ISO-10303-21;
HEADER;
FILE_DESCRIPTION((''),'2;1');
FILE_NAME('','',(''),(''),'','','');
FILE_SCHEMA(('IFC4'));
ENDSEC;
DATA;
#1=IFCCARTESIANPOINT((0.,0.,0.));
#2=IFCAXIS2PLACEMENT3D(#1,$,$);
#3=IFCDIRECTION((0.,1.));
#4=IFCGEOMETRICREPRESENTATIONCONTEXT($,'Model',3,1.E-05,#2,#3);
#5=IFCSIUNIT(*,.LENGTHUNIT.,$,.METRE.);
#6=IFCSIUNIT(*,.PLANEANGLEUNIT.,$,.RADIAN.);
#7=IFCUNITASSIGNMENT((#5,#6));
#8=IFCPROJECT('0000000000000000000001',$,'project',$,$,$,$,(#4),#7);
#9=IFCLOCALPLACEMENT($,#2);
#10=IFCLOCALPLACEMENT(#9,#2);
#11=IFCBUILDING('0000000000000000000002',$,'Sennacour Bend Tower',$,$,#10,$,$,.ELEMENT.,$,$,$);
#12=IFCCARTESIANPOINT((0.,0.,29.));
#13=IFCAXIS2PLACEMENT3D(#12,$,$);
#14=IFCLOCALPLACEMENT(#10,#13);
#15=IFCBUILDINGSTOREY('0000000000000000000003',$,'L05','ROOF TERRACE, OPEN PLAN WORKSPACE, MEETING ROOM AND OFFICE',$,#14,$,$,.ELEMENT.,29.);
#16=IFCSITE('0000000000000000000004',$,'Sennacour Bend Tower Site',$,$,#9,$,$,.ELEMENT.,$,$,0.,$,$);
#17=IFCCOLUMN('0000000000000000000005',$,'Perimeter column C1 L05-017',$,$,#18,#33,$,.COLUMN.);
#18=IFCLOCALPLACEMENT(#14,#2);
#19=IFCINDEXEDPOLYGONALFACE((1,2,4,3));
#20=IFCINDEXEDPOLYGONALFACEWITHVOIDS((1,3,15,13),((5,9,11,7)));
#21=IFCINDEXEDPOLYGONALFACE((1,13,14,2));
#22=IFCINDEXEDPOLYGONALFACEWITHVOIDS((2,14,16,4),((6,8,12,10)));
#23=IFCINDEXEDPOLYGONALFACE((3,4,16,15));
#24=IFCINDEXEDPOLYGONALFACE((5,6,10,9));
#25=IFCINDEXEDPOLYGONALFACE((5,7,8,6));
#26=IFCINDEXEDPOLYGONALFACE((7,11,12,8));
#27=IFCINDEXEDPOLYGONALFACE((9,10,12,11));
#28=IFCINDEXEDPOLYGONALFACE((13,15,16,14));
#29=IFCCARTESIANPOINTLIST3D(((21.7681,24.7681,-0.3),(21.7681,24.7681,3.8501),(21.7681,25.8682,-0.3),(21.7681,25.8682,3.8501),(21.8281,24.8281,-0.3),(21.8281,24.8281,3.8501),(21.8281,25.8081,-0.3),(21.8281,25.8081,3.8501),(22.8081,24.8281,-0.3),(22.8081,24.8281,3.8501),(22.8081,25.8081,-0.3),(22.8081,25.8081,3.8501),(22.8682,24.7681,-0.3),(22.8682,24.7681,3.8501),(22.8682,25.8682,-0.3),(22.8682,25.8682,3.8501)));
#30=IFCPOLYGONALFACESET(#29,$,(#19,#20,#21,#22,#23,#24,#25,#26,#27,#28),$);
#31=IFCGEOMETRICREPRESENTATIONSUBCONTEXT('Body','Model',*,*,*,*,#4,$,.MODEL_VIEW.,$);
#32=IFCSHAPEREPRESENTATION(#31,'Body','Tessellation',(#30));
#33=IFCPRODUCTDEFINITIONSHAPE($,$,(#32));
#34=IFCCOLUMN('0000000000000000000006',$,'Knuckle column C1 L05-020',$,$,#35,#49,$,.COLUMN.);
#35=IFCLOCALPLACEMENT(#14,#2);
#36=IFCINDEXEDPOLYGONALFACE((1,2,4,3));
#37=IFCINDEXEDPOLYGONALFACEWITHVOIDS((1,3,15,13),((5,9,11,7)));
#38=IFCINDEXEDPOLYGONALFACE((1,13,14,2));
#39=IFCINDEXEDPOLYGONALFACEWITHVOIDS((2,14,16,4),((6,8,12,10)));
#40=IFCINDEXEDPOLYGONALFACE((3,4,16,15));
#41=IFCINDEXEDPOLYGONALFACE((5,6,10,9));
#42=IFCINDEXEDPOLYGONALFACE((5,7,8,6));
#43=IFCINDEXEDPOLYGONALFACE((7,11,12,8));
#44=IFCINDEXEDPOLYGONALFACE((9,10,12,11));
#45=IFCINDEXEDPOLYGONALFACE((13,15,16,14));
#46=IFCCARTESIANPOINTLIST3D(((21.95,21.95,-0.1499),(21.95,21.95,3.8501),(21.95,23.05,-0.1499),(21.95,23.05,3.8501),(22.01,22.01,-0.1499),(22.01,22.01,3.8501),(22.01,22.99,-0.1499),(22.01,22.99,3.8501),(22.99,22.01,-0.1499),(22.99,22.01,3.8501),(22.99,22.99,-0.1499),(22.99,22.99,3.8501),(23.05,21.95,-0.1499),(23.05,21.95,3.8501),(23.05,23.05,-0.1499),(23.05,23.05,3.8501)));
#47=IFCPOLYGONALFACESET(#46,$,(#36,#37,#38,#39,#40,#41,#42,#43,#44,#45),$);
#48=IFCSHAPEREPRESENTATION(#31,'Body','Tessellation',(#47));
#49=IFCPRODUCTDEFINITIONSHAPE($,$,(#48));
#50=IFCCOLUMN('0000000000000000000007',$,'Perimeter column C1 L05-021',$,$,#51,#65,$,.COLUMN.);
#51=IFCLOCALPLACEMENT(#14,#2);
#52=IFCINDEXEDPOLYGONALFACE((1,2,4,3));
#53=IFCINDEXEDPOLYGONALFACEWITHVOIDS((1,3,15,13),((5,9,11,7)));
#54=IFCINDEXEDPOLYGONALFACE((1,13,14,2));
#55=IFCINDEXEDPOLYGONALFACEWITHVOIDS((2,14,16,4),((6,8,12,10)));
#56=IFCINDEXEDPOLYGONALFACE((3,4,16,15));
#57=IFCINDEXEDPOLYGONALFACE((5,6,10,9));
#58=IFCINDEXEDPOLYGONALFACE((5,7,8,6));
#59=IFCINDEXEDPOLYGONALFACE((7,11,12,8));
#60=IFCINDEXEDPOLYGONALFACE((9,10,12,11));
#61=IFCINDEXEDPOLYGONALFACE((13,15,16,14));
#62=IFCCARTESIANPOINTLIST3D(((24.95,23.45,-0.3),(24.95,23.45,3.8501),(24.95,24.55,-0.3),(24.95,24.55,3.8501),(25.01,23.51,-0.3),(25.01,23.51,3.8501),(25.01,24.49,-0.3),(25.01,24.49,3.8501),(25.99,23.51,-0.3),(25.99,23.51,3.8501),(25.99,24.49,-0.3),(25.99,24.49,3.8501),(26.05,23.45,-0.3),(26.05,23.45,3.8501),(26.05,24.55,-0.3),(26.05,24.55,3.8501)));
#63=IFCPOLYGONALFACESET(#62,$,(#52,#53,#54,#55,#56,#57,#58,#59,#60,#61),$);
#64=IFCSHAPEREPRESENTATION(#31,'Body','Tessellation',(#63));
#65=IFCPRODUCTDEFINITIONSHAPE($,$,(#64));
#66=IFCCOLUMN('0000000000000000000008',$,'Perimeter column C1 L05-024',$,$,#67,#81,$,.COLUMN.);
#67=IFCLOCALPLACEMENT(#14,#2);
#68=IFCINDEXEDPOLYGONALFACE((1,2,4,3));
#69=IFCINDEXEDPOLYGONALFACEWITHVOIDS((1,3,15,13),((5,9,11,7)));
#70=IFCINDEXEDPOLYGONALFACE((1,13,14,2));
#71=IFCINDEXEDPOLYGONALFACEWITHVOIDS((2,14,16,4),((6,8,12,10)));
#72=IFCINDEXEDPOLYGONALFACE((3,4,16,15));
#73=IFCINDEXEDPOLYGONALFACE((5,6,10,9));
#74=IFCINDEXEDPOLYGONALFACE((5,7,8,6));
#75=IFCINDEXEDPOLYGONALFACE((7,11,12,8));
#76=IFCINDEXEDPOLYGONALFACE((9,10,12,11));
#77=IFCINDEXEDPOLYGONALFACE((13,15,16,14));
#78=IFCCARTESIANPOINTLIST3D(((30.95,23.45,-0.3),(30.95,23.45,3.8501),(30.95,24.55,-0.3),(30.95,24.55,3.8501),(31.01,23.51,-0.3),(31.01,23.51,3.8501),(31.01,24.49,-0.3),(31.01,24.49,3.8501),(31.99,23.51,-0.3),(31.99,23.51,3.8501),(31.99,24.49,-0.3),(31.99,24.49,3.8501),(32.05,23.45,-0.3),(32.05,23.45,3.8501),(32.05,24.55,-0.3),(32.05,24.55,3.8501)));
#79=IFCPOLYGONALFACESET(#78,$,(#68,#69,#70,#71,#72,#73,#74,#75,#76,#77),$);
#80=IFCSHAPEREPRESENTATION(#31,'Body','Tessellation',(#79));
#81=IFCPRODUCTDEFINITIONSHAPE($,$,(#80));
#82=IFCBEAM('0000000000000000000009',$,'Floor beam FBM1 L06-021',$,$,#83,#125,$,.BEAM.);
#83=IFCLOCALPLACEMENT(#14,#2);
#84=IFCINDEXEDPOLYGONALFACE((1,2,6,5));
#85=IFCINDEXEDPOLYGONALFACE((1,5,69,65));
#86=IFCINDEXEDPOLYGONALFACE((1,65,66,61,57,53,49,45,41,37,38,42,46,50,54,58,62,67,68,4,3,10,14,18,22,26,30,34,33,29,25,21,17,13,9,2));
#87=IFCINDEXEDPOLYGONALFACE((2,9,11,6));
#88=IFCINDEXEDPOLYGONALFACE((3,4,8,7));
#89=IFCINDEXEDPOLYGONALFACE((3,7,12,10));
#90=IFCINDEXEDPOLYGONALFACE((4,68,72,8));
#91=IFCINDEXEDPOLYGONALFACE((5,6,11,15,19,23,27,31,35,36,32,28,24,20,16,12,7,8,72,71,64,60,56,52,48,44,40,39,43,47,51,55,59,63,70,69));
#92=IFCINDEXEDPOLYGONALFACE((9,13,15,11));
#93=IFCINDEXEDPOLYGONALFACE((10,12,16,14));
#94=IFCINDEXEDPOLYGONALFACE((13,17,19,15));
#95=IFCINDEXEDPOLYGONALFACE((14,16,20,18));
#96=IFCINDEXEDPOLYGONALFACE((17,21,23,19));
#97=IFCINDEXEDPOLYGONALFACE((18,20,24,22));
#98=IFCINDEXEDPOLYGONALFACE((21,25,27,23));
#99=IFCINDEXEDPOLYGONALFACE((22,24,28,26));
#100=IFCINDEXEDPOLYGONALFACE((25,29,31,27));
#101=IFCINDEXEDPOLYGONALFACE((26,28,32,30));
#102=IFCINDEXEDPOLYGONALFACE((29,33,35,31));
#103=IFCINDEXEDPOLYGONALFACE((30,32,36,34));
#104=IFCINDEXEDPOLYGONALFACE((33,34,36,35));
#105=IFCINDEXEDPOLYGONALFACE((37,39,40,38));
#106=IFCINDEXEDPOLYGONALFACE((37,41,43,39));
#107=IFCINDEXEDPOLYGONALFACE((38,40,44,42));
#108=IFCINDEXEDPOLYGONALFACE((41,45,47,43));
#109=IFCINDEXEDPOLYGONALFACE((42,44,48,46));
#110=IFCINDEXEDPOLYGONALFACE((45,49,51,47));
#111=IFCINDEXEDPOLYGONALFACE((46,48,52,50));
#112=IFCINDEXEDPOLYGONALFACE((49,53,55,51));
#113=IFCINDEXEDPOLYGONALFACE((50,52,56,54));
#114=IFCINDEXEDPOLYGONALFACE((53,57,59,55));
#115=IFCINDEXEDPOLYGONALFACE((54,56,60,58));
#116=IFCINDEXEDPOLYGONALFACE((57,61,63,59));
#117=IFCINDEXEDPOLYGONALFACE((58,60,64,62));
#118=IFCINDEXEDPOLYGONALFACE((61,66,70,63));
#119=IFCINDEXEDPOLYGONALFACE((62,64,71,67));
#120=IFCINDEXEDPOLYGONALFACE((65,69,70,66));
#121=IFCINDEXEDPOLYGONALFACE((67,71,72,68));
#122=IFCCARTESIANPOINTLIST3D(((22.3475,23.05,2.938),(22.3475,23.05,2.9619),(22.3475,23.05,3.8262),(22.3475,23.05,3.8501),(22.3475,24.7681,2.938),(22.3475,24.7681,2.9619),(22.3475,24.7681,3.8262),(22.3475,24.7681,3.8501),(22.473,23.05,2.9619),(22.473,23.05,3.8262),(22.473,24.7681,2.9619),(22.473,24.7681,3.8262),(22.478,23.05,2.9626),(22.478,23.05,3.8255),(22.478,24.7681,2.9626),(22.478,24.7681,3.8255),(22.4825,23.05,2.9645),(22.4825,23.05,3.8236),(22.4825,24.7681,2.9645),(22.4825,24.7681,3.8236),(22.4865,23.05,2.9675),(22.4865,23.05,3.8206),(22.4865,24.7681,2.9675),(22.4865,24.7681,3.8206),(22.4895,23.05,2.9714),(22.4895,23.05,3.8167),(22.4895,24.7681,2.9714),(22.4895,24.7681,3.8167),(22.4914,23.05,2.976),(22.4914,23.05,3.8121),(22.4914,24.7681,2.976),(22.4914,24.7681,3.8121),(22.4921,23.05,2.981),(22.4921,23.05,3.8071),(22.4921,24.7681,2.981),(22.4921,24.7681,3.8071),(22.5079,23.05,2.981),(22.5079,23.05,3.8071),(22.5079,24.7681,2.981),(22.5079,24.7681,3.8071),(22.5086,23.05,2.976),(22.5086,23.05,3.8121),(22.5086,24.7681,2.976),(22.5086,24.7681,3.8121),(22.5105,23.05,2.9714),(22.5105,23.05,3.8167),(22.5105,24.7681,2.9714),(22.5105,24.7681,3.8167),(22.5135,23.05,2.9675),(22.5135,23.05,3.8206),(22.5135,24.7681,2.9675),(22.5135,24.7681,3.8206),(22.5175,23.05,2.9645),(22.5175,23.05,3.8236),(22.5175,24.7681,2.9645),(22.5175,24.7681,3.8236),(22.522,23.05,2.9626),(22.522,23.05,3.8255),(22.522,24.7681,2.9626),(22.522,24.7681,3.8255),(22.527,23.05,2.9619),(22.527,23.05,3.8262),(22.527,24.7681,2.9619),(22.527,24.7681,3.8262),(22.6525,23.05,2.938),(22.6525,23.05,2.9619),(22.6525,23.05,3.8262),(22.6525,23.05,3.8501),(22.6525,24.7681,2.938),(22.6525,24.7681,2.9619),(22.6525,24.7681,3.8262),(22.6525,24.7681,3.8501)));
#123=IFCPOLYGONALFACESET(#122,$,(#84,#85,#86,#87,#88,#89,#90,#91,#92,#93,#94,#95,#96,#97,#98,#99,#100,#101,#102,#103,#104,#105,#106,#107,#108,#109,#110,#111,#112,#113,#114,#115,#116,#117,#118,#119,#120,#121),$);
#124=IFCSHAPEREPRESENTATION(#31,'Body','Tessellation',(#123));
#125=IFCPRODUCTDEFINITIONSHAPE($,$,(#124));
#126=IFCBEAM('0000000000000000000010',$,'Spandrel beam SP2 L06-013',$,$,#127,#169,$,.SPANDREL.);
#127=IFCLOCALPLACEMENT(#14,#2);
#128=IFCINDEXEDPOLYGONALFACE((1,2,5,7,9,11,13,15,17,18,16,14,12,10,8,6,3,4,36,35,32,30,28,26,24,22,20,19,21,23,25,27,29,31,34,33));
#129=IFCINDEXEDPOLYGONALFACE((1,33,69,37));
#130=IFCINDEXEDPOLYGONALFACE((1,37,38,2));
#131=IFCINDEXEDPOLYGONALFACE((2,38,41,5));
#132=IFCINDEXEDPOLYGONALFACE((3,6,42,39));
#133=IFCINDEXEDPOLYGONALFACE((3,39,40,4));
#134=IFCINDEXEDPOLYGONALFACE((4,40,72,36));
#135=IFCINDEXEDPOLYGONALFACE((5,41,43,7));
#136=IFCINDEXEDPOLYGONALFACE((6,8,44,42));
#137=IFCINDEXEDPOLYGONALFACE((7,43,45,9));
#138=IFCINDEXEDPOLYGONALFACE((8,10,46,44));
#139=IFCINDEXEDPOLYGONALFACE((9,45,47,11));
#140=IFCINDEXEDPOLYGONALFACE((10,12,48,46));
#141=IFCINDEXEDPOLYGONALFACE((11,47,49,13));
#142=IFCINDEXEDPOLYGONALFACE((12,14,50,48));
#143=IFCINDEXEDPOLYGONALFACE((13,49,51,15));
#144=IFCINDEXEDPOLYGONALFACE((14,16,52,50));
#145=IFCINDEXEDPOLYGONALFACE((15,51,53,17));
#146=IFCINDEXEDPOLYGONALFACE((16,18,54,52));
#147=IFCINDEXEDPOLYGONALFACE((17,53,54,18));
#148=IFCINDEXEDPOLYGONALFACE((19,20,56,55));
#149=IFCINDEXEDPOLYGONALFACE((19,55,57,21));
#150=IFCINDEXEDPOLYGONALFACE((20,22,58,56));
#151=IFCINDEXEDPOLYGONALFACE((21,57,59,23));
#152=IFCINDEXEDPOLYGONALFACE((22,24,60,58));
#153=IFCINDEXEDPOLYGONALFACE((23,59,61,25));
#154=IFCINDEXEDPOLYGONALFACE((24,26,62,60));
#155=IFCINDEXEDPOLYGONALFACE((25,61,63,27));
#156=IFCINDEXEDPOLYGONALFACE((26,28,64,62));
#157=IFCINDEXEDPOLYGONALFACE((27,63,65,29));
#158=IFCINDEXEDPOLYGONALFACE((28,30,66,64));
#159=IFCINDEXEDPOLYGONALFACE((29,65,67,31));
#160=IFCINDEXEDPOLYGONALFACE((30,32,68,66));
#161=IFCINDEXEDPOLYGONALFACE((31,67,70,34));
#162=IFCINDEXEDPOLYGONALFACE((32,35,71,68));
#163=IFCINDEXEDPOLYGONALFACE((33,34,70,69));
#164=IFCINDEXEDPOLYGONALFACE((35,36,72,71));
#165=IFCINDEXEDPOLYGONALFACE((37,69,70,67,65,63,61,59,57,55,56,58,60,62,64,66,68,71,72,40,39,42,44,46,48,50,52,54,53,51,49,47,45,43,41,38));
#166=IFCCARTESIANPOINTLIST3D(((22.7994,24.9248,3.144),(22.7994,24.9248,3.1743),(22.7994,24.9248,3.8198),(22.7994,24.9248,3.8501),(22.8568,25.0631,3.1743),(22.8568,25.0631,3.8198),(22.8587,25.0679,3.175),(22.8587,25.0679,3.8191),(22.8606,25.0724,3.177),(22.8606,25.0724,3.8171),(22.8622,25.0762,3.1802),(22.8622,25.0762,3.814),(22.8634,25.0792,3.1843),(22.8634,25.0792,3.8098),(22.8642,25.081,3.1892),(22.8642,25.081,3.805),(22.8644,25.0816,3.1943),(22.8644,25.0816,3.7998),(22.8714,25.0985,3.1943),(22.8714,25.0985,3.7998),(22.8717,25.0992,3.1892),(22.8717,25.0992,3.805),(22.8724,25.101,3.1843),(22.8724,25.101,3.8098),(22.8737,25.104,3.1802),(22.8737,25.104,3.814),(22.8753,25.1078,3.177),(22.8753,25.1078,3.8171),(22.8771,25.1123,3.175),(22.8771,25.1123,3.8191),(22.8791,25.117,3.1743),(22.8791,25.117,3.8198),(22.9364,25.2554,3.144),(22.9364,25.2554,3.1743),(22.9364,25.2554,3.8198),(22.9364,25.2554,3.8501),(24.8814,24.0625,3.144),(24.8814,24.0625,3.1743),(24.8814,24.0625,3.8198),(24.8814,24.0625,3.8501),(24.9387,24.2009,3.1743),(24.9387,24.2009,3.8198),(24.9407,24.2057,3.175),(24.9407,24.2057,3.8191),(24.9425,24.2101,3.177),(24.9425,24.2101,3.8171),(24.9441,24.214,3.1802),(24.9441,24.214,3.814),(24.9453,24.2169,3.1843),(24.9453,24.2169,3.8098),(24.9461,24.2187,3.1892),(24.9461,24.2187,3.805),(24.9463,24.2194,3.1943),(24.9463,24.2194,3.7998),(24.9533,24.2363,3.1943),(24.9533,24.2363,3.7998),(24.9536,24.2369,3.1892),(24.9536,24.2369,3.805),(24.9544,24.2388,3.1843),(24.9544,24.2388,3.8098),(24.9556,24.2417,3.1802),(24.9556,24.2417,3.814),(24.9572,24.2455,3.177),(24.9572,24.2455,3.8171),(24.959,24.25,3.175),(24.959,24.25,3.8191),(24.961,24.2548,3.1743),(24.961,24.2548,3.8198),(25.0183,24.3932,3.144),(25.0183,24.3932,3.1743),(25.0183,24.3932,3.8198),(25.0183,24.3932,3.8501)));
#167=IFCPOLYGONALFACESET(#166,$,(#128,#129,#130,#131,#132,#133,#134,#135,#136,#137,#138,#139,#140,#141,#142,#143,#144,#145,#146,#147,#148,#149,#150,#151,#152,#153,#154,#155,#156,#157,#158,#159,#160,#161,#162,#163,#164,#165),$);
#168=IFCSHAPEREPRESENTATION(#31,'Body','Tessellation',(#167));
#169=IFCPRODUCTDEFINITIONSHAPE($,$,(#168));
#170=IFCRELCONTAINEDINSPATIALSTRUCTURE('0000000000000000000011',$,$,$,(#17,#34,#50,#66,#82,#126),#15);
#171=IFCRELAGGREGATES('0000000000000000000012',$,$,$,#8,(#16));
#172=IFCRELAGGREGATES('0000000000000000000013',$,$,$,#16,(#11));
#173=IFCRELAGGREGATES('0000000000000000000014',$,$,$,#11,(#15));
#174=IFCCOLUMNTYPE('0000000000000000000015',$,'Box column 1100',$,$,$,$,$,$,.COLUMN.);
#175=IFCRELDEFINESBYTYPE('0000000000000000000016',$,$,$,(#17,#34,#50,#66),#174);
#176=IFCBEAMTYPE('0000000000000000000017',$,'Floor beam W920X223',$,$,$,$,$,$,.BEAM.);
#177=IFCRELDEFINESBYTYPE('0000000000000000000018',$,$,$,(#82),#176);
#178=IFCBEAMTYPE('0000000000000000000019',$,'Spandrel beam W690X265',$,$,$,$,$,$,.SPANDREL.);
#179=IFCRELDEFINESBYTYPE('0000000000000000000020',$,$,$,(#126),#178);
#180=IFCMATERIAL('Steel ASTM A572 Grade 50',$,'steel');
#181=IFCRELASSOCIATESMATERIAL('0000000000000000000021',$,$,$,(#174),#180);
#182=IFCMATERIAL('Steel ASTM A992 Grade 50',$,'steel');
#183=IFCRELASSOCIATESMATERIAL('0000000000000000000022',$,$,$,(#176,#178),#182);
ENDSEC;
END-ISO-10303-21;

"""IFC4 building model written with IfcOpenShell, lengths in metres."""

from ifc_helpers import new_model, si_unit, direction, frame, origin, origin_2d, place, context, subcontext, project, spatial, hollow_rectangle, i_section, extrude, material, material_profile, profile_set, type_object, element, save


model = new_model("IFC4")

# Units and contexts
model_context = context("Model", 3, precision=1e-05, world=origin(), true_north=direction((0.0, 1.0)))
body_context = subcontext(model_context, "Body", "Model", "MODEL_VIEW")
ifc_project = project(units=[si_unit("LENGTHUNIT", "METRE"), si_unit("PLANEANGLEUNIT", "RADIAN")], contexts=[model_context])

# Site, building, storey
site_placement = place(None, origin())
site = spatial("IfcSite", under=ifc_project, at=site_placement, Name="Sennacour Bend Tower Site", CompositionType="ELEMENT", RefElevation=0.0)
building_placement = place(site_placement, origin())
building = spatial("IfcBuilding", under=site, at=building_placement, Name="Sennacour Bend Tower", CompositionType="ELEMENT")
storey_placement = place(building_placement, frame((0.0, 0.0, 29.0)))
storey = spatial("IfcBuildingStorey", under=building, at=storey_placement, Name="L05", Description="ROOF TERRACE, OPEN PLAN WORKSPACE, MEETING ROOM AND OFFICE", CompositionType="ELEMENT", Elevation=29.0)

# Columns
ifc_material_1 = material(Name="Steel ASTM A572 Grade 50", Category="steel")
ifc_material_profile_1 = material_profile(ifc_material_1, hollow_rectangle(XDim=1.1001, YDim=1.1001, WallThickness=0.0601, at=origin_2d()), Name="Steel ASTM A572 Grade 50", Category="steel")
ifc_profile_set_1 = profile_set([ifc_material_profile_1], Name="Steel ASTM A572 Grade 50")
column_type = type_object("IfcColumnType", Name="Box column 1100", PredefinedType="COLUMN", material=ifc_profile_set_1)
column_1_placement = place(storey_placement, frame((22.3181, 25.3181, -0.3), z_axis=(0.0, 0.0, 1.0), x_axis=(1.0, 0.0, 0.0)))
element("IfcColumn", 1, at=column_1_placement, inside=storey, type_object=column_type, Name="Perimeter column C1 L05-017", PredefinedType="COLUMN", context=body_context, shape_type="SweptSolid", body=[
    extrude(hollow_rectangle(XDim=1.1001, YDim=1.1001, WallThickness=0.0601, at=origin_2d()), origin(), (0.0, 0.0, 1.0), 4.1501),
])
column_2_placement = place(storey_placement, frame((22.5, 22.5, -0.1499), z_axis=(0.0, 0.0, 1.0), x_axis=(1.0, 0.0, 0.0)))
element("IfcColumn", 2, at=column_2_placement, inside=storey, type_object=column_type, Name="Knuckle column C1 L05-020", PredefinedType="COLUMN", context=body_context, shape_type="SweptSolid", body=[
    extrude(hollow_rectangle(XDim=1.1001, YDim=1.1001, WallThickness=0.0601, at=origin_2d()), origin(), (0.0, 0.0, 1.0), 4.0),
])
for number, where, z_axis, x_axis, name in (
    (3, (25.5, 24.0, -0.3), (0.0, 0.0, 1.0), (1.0, 0.0, 0.0), "Perimeter column C1 L05-021"),
    (4, (31.5, 24.0, -0.3), (0.0, 0.0, 1.0), (1.0, 0.0, 0.0), "Perimeter column C1 L05-024"),
):
    element("IfcColumn", number, at=place(storey_placement, frame(where, z_axis=z_axis, x_axis=x_axis)), inside=storey, type_object=column_type, Name=name, PredefinedType="COLUMN", context=body_context, shape_type="SweptSolid", body=[
        extrude(hollow_rectangle(XDim=1.1001, YDim=1.1001, WallThickness=0.0601, at=origin_2d()), origin(), (0.0, 0.0, 1.0), 4.1501),
    ])

# Beams
ifc_material_2 = material(Name="Steel ASTM A992 Grade 50", Category="steel")
ifc_material_profile_2 = material_profile(ifc_material_2, i_section(OverallWidth=0.3049, OverallDepth=0.9121, WebThickness=0.0159, FlangeThickness=0.0239, FilletRadius=0.019, at=origin_2d()), Name="Steel ASTM A992 Grade 50", Category="steel")
ifc_profile_set_2 = profile_set([ifc_material_profile_2], Name="Steel ASTM A992 Grade 50")
beam_type_1 = type_object("IfcBeamType", Name="Floor beam W920X223", PredefinedType="BEAM", material=ifc_profile_set_2)
beam_1_placement = place(storey_placement, frame((22.5, 23.05, 3.394), z_axis=(0.0, 1.0, 0.0), x_axis=(-1.0, 0.0, 0.0)))
element("IfcBeam", 5, at=beam_1_placement, inside=storey, type_object=beam_type_1, Name="Floor beam FBM1 L06-021", PredefinedType="BEAM", context=body_context, shape_type="SweptSolid", body=[
    extrude(i_section(OverallWidth=0.3049, OverallDepth=0.9121, WebThickness=0.0159, FlangeThickness=0.0239, FilletRadius=0.019, at=origin_2d()), origin(), (0.0, 0.0, 1.0), 1.718),
])
ifc_material_profile_3 = material_profile(ifc_material_2, i_section(OverallWidth=0.3579, OverallDepth=0.7061, WebThickness=0.0183, FlangeThickness=0.0303, FilletRadius=0.02, at=origin_2d()), Name="Steel ASTM A992 Grade 50", Category="steel")
ifc_profile_set_3 = profile_set([ifc_material_profile_3], Name="Steel ASTM A992 Grade 50")
beam_type_2 = type_object("IfcBeamType", Name="Spandrel beam W690X265", PredefinedType="SPANDREL", material=ifc_profile_set_3)
beam_2_placement = place(storey_placement, frame((22.8679, 25.0901, 3.4971), z_axis=(0.923895, -0.382645, 0.0), x_axis=(0.382645, 0.923895, 0.0)))
element("IfcBeam", 6, at=beam_2_placement, inside=storey, type_object=beam_type_2, Name="Spandrel beam SP2 L06-013", PredefinedType="SPANDREL", context=body_context, shape_type="SweptSolid", body=[
    extrude(i_section(OverallWidth=0.3579, OverallDepth=0.7061, WebThickness=0.0183, FlangeThickness=0.0303, FilletRadius=0.02, at=origin_2d()), origin(), (0.0, 0.0, 1.0), 2.2534),
])

save(model, "model.ifc")
